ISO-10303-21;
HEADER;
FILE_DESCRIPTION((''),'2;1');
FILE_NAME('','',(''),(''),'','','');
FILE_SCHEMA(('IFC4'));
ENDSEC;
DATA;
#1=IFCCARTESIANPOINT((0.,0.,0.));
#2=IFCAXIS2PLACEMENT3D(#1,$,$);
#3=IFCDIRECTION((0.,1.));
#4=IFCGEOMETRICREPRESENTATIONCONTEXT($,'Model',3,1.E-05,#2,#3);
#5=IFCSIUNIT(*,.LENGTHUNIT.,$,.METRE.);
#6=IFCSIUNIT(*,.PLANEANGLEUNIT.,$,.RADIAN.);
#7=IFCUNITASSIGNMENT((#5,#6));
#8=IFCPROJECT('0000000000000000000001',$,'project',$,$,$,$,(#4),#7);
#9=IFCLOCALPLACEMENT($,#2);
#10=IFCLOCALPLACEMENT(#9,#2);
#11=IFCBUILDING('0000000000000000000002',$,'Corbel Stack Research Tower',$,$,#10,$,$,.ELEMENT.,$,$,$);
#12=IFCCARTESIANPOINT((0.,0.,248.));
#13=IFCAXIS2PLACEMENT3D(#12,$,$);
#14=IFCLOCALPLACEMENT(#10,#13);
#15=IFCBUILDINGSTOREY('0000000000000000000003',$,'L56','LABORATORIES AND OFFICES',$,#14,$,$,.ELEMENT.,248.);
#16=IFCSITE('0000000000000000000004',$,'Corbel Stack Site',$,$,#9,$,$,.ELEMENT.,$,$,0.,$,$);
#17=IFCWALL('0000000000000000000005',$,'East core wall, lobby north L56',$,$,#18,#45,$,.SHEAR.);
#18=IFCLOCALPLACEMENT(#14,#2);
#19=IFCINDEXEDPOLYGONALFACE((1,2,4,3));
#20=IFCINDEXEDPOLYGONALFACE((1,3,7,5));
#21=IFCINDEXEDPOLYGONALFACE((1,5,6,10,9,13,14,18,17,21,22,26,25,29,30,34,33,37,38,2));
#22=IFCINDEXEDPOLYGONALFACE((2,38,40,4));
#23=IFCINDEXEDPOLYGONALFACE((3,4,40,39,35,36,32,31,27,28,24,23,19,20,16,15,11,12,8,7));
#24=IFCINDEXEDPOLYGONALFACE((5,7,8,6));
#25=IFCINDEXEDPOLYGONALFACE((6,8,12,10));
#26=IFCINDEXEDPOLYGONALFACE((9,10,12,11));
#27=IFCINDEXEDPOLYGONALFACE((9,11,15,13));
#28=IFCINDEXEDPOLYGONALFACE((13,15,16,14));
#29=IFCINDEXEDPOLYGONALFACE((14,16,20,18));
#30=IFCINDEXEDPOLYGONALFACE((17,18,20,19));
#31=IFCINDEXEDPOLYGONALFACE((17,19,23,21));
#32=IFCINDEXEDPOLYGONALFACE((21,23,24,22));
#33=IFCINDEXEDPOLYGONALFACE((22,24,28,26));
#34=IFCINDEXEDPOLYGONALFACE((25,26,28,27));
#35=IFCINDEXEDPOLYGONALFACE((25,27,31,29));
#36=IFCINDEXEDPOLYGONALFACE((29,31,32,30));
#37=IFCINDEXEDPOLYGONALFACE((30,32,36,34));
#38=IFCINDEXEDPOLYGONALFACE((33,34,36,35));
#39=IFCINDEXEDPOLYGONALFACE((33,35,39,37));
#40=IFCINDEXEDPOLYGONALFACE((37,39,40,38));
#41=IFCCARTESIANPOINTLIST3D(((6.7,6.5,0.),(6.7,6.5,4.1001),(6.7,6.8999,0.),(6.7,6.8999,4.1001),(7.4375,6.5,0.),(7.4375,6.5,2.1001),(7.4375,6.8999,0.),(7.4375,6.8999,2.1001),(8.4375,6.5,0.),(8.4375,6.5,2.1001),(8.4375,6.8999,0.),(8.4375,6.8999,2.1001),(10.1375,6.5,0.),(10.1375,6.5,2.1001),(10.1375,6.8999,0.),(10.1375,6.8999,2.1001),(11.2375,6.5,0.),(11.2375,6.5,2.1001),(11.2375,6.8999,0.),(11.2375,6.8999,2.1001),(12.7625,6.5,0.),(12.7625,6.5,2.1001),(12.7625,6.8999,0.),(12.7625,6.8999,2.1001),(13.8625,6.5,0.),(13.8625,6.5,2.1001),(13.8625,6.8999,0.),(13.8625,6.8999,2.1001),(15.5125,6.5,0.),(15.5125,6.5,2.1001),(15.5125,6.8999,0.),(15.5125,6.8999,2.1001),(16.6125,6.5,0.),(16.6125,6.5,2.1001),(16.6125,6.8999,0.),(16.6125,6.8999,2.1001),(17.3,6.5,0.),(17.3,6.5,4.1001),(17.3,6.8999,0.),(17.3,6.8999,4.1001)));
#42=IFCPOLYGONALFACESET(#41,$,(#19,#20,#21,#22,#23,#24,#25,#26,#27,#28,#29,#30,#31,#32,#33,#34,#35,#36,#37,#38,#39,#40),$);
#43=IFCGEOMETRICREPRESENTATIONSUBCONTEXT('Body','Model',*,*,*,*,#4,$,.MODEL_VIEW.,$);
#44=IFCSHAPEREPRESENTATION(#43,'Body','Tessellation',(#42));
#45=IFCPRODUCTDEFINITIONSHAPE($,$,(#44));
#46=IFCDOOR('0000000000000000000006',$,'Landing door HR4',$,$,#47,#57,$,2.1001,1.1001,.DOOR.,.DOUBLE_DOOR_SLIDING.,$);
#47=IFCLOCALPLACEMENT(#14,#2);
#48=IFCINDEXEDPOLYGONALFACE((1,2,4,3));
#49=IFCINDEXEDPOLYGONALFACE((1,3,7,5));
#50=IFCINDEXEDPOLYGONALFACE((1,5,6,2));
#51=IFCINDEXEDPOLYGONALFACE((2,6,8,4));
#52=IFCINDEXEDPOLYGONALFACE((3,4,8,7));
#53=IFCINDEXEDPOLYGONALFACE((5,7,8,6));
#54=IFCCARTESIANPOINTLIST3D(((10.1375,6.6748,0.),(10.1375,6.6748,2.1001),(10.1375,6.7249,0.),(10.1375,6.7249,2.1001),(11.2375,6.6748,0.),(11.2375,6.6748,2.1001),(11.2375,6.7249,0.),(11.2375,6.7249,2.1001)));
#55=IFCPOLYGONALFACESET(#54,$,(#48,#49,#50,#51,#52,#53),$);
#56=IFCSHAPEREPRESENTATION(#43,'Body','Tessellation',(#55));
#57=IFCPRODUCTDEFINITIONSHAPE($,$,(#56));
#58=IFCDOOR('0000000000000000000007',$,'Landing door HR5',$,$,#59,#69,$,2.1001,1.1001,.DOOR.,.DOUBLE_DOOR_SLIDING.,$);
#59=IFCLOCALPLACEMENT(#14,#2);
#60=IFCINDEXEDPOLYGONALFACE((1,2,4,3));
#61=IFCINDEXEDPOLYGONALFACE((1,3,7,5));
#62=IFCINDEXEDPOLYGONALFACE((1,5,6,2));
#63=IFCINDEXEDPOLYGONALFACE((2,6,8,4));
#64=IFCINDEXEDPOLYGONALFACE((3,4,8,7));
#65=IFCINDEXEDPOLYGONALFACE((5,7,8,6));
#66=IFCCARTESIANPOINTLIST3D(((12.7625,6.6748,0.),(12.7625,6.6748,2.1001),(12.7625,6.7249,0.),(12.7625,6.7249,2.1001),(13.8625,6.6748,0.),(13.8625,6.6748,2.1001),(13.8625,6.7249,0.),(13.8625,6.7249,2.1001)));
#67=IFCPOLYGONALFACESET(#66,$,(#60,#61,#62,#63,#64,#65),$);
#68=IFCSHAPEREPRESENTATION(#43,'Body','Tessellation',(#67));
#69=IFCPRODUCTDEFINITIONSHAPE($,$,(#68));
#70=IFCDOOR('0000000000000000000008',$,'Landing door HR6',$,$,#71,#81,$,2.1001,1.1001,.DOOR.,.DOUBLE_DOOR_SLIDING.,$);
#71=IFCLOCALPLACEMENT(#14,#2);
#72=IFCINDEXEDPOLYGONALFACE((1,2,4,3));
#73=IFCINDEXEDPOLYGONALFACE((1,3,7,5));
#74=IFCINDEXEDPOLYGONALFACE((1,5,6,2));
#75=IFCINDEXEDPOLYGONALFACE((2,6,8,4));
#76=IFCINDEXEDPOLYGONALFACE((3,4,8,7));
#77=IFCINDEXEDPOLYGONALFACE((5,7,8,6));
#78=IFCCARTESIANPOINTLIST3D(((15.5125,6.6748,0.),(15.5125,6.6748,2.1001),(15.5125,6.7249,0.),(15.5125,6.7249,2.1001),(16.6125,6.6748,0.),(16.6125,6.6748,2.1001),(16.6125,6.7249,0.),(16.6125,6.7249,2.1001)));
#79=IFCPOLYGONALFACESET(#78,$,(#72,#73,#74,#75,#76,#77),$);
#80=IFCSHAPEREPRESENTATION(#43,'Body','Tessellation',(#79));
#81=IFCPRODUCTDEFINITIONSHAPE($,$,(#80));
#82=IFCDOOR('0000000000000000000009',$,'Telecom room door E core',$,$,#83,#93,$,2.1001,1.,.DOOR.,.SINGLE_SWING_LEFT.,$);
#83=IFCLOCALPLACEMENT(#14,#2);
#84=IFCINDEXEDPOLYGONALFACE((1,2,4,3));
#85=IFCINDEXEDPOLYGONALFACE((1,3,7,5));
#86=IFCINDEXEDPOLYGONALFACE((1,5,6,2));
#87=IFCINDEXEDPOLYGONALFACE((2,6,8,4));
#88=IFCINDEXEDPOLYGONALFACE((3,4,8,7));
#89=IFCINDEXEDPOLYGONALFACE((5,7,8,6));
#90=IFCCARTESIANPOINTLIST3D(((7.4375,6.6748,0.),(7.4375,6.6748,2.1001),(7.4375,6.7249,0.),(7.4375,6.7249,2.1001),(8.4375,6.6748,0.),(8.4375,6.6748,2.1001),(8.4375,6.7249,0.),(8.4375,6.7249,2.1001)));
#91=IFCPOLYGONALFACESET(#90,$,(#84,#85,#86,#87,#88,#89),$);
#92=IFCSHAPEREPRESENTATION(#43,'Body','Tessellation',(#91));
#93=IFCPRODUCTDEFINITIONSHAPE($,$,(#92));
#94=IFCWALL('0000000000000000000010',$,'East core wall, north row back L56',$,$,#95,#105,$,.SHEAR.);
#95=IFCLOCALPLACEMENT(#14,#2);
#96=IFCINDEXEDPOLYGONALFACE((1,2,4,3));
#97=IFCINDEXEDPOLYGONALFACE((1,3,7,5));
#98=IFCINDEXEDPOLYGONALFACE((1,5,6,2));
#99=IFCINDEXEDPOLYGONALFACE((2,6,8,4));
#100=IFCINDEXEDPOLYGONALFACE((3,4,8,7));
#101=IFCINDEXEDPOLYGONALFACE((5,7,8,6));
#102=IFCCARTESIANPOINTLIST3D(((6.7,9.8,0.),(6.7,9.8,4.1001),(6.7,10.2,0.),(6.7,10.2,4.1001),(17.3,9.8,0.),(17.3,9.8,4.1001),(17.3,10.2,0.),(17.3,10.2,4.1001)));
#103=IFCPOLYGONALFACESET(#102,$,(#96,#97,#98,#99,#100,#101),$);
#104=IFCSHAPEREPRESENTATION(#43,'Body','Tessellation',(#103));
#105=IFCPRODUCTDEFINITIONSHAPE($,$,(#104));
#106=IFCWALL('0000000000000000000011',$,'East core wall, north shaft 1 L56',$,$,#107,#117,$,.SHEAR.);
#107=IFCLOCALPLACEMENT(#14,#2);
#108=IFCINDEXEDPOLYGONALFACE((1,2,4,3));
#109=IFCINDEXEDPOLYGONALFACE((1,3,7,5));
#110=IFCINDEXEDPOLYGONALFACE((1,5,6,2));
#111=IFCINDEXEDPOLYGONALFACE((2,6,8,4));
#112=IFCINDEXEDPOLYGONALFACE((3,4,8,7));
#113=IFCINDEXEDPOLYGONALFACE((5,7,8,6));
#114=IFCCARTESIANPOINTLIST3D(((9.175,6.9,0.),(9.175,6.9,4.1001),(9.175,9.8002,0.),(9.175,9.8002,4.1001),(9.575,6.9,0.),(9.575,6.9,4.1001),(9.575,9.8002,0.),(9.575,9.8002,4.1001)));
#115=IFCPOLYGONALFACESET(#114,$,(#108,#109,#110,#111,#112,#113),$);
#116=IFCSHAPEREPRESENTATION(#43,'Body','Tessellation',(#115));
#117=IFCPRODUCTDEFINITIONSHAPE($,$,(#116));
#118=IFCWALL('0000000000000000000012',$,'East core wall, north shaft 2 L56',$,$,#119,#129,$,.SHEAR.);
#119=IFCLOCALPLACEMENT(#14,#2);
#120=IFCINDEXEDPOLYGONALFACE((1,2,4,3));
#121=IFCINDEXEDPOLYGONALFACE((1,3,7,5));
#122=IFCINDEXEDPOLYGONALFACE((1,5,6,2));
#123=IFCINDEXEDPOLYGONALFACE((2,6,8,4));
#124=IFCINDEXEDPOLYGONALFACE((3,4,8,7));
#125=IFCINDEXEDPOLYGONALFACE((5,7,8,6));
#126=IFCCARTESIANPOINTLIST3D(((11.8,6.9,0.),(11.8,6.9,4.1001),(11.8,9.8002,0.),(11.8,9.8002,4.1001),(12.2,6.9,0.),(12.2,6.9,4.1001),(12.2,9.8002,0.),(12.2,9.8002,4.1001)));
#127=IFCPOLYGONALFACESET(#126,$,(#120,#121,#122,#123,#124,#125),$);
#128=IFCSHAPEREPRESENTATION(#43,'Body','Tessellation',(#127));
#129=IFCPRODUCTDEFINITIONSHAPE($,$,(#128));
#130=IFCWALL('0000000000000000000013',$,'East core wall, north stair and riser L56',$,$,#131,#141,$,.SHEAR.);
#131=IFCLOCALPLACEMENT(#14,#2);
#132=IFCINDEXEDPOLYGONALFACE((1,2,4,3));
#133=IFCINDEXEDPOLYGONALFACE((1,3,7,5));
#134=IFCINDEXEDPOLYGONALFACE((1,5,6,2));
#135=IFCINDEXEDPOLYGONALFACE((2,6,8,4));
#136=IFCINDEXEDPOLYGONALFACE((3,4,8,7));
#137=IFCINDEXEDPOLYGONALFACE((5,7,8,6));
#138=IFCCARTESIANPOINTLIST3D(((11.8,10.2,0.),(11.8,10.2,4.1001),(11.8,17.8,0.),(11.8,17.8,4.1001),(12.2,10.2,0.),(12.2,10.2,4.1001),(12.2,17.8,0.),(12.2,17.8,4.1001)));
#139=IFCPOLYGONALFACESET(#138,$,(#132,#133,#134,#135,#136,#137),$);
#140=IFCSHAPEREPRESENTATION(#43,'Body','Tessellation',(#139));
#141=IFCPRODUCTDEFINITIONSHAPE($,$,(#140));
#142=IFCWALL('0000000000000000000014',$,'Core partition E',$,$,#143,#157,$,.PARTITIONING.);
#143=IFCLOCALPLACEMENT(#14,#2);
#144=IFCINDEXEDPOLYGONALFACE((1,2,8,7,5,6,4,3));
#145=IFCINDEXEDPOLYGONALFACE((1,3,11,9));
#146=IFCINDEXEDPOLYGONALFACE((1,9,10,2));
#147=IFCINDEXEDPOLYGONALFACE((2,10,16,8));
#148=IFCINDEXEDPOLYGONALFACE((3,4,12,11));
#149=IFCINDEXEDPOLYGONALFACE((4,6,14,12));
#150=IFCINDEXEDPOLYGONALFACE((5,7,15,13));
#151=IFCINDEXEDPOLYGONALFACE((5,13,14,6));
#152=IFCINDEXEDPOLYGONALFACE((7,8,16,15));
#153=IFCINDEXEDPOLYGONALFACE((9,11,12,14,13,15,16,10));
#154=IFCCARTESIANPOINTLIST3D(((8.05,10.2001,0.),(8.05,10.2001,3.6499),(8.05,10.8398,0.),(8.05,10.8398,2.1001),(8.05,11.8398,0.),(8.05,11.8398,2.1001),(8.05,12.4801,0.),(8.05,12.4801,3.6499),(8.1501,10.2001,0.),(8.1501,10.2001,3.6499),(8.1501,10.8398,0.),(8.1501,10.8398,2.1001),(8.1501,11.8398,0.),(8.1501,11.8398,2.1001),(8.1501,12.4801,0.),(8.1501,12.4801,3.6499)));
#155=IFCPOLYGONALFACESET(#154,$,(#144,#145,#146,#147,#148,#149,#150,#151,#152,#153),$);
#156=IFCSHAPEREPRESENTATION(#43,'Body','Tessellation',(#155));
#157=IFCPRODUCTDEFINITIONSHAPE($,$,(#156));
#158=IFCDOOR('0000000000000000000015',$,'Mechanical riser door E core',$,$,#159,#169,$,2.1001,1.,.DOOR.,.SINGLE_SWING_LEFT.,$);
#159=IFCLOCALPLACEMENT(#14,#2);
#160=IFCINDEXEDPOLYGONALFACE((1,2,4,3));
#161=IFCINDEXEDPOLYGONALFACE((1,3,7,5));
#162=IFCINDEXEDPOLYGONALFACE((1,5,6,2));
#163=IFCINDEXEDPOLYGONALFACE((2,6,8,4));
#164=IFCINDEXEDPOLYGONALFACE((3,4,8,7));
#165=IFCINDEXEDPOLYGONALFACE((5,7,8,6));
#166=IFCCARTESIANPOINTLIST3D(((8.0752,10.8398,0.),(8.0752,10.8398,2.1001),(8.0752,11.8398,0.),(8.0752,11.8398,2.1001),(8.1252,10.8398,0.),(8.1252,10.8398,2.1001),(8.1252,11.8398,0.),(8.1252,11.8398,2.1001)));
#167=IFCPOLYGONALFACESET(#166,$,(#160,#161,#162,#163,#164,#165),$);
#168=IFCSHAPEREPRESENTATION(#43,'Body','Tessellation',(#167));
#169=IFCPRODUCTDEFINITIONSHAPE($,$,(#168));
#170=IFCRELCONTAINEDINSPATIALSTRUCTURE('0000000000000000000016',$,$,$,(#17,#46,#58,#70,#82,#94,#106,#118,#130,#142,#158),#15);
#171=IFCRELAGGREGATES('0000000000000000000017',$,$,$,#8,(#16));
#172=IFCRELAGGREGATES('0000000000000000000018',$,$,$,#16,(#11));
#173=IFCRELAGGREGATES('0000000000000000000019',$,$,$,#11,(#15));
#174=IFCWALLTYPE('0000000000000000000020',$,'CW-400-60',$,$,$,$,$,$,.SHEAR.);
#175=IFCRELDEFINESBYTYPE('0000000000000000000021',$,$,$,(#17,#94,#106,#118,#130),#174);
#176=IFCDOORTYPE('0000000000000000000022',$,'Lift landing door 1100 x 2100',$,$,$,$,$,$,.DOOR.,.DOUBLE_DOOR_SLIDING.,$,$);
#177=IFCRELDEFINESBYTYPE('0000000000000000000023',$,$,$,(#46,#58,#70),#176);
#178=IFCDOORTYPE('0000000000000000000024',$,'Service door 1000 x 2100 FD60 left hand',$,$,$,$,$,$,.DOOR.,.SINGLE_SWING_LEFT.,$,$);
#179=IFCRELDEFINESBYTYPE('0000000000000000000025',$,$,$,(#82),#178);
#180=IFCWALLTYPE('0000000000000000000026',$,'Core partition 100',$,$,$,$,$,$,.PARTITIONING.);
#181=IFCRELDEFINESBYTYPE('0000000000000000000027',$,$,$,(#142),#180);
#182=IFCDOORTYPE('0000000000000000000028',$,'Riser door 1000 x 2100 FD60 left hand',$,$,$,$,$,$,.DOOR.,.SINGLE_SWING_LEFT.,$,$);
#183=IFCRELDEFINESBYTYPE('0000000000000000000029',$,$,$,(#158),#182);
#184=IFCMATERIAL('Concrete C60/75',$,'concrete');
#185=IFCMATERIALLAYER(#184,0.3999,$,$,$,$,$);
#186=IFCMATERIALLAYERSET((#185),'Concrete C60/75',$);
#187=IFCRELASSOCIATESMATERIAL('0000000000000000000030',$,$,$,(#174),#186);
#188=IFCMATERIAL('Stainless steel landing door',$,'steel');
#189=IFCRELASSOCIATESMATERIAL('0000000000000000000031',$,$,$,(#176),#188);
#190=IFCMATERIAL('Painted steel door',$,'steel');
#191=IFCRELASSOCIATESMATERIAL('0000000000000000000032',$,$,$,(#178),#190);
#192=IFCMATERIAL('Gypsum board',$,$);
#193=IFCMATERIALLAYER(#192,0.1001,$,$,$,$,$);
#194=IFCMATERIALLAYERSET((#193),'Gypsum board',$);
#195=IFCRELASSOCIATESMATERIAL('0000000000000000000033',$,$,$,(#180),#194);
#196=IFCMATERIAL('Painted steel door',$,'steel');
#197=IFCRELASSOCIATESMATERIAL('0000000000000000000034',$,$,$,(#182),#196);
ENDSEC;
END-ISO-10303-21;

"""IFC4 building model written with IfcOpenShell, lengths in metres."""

from ifc_helpers import new_model, si_unit, direction, frame, frame_2d, origin, place, context, subcontext, project, spatial, rectangle, extrude, material, layer, layer_set, type_object, element, fill, save


model = new_model("IFC4")

# Units and contexts
model_context = context("Model", 3, precision=1e-05, world=origin(), true_north=direction((0.0, 1.0)))
body_context = subcontext(model_context, "Body", "Model", "MODEL_VIEW")
ifc_project = project(units=[si_unit("LENGTHUNIT", "METRE"), si_unit("PLANEANGLEUNIT", "RADIAN")], contexts=[model_context])

# Site, building, storey
site_placement = place(None, origin())
site = spatial("IfcSite", under=ifc_project, at=site_placement, Name="Corbel Stack Site", CompositionType="ELEMENT", RefElevation=0.0)
building_placement = place(site_placement, origin())
building = spatial("IfcBuilding", under=site, at=building_placement, Name="Corbel Stack Research Tower", CompositionType="ELEMENT")
storey_placement = place(building_placement, frame((0.0, 0.0, 248.0)))
storey = spatial("IfcBuildingStorey", under=building, at=storey_placement, Name="L56", Description="LABORATORIES AND OFFICES", CompositionType="ELEMENT", Elevation=248.0)

# Wall, openings, doors
ifc_material_1 = material(Name="Concrete C60/75", Category="concrete")
ifc_layer_1 = layer(ifc_material_1, 0.3999)
ifc_layer_set_1 = layer_set([ifc_layer_1], Name="Concrete C60/75")
wall_type_1 = type_object("IfcWallType", Name="CW-400-60", PredefinedType="SHEAR", material=ifc_layer_set_1)
ifc_material_2 = material(Name="Stainless steel landing door", Category="steel")
door_type_1 = type_object("IfcDoorType", Name="Lift landing door 1100 x 2100", OperationType="DOUBLE_DOOR_SLIDING", PredefinedType="DOOR", material=ifc_material_2)
ifc_material_3 = material(Name="Painted steel door", Category="steel")
door_type_2 = type_object("IfcDoorType", Name="Service door 1000 x 2100 FD60 left hand", OperationType="SINGLE_SWING_LEFT", PredefinedType="DOOR", material=ifc_material_3)
wall_1_placement = place(storey_placement, frame((6.7, 6.7, 0.0), z_axis=(0.0, 0.0, 1.0), x_axis=(1.0, 0.0, 0.0)))
wall_1 = element("IfcWall", 1, at=wall_1_placement, inside=storey, type_object=wall_type_1, Name="East core wall, lobby north L56", PredefinedType="SHEAR", context=body_context, shape_type="SweptSolid", body=[
    extrude(rectangle(XDim=10.6001, YDim=0.3999, at=frame_2d((5.3, 0.0))), origin(), (0.0, 0.0, 1.0), 4.1001),
])
opening_1_placement = place(wall_1_placement, frame((3.4375, 0.0, 0.0)))
opening_1 = element("IfcOpeningElement", 2, at=opening_1_placement, cuts=wall_1, PredefinedType="OPENING", context=body_context, shape_type="SweptSolid", body=[
    extrude(rectangle(XDim=1.1001, YDim=2.1001, at=frame_2d((0.55, 1.05))), frame((0.0, 0.21, 0.0), z_axis=(0.0, -1.0, 0.0), x_axis=(1.0, 0.0, 0.0)), (0.0, 0.0, 1.0), 0.4199),
])
opening_2_placement = place(wall_1_placement, frame((6.0625, 0.0, 0.0)))
opening_2 = element("IfcOpeningElement", 3, at=opening_2_placement, cuts=wall_1, PredefinedType="OPENING", context=body_context, shape_type="SweptSolid", body=[
    extrude(rectangle(XDim=1.1001, YDim=2.1001, at=frame_2d((0.55, 1.05))), frame((0.0, 0.21, 0.0), z_axis=(0.0, -1.0, 0.0), x_axis=(1.0, 0.0, 0.0)), (0.0, 0.0, 1.0), 0.4199),
])
opening_3_placement = place(wall_1_placement, frame((8.8125, 0.0, 0.0)))
opening_3 = element("IfcOpeningElement", 4, at=opening_3_placement, cuts=wall_1, PredefinedType="OPENING", context=body_context, shape_type="SweptSolid", body=[
    extrude(rectangle(XDim=1.1001, YDim=2.1001, at=frame_2d((0.55, 1.05))), frame((0.0, 0.21, 0.0), z_axis=(0.0, -1.0, 0.0), x_axis=(1.0, 0.0, 0.0)), (0.0, 0.0, 1.0), 0.4199),
])
opening_4_placement = place(wall_1_placement, frame((0.7375, 0.0, 0.0)))
opening_4 = element("IfcOpeningElement", 5, at=opening_4_placement, cuts=wall_1, PredefinedType="OPENING", context=body_context, shape_type="SweptSolid", body=[
    extrude(rectangle(XDim=1.0, YDim=2.1001, at=frame_2d((0.5, 1.05))), frame((0.0, 0.21, 0.0), z_axis=(0.0, -1.0, 0.0), x_axis=(1.0, 0.0, 0.0)), (0.0, 0.0, 1.0), 0.4199),
])
door_1_placement = place(opening_1_placement, origin())
door_1 = element("IfcDoor", 6, at=door_1_placement, inside=storey, type_object=door_type_1, Name="Landing door HR4", OperationType="DOUBLE_DOOR_SLIDING", OverallHeight=2.1001, OverallWidth=1.1001, PredefinedType="DOOR", context=body_context, shape_type="SweptSolid", body=[
    extrude(rectangle(XDim=1.1001, YDim=2.1001, at=frame_2d((0.55, 1.05))), frame((0.0, 0.0249, 0.0), z_axis=(0.0, -1.0, 0.0), x_axis=(1.0, 0.0, 0.0)), (0.0, 0.0, 1.0), 0.05),
])
fill(opening_1, door_1)
door_2_placement = place(opening_2_placement, origin())
door_2 = element("IfcDoor", 7, at=door_2_placement, inside=storey, type_object=door_type_1, Name="Landing door HR5", OperationType="DOUBLE_DOOR_SLIDING", OverallHeight=2.1001, OverallWidth=1.1001, PredefinedType="DOOR", context=body_context, shape_type="SweptSolid", body=[
    extrude(rectangle(XDim=1.1001, YDim=2.1001, at=frame_2d((0.55, 1.05))), frame((0.0, 0.0249, 0.0), z_axis=(0.0, -1.0, 0.0), x_axis=(1.0, 0.0, 0.0)), (0.0, 0.0, 1.0), 0.05),
])
fill(opening_2, door_2)
door_3_placement = place(opening_3_placement, origin())
door_3 = element("IfcDoor", 8, at=door_3_placement, inside=storey, type_object=door_type_1, Name="Landing door HR6", OperationType="DOUBLE_DOOR_SLIDING", OverallHeight=2.1001, OverallWidth=1.1001, PredefinedType="DOOR", context=body_context, shape_type="SweptSolid", body=[
    extrude(rectangle(XDim=1.1001, YDim=2.1001, at=frame_2d((0.55, 1.05))), frame((0.0, 0.0249, 0.0), z_axis=(0.0, -1.0, 0.0), x_axis=(1.0, 0.0, 0.0)), (0.0, 0.0, 1.0), 0.05),
])
fill(opening_3, door_3)
door_4_placement = place(opening_4_placement, origin())
door_4 = element("IfcDoor", 9, at=door_4_placement, inside=storey, type_object=door_type_2, Name="Telecom room door E core", OperationType="SINGLE_SWING_LEFT", OverallHeight=2.1001, OverallWidth=1.0, PredefinedType="DOOR", context=body_context, shape_type="SweptSolid", body=[
    extrude(rectangle(XDim=1.0, YDim=2.1001, at=frame_2d((0.5, 1.05))), frame((0.0, 0.0249, 0.0), z_axis=(0.0, -1.0, 0.0), x_axis=(1.0, 0.0, 0.0)), (0.0, 0.0, 1.0), 0.05),
])
fill(opening_4, door_4)

# Walls
wall_2_placement = place(storey_placement, frame((6.7, 10.0, 0.0), z_axis=(0.0, 0.0, 1.0), x_axis=(1.0, 0.0, 0.0)))
element("IfcWall", 10, at=wall_2_placement, inside=storey, type_object=wall_type_1, Name="East core wall, north row back L56", PredefinedType="SHEAR", context=body_context, shape_type="SweptSolid", body=[
    extrude(rectangle(XDim=10.6001, YDim=0.3999, at=frame_2d((5.3, 0.0))), origin(), (0.0, 0.0, 1.0), 4.1001),
])
for number, where, z_axis, x_axis, name in (
    (11, (9.375, 6.8999, 0.0), (0.0, 0.0, 1.0), (0.0, 1.0, 0.0), "East core wall, north shaft 1 L56"),
    (12, (12.0, 6.8999, 0.0), (0.0, 0.0, 1.0), (0.0, 1.0, 0.0), "East core wall, north shaft 2 L56"),
):
    element("IfcWall", number, at=place(storey_placement, frame(where, z_axis=z_axis, x_axis=x_axis)), inside=storey, type_object=wall_type_1, Name=name, PredefinedType="SHEAR", context=body_context, shape_type="SweptSolid", body=[
        extrude(rectangle(XDim=2.9001, YDim=0.3999, at=frame_2d((1.4502, 0.0))), origin(), (0.0, 0.0, 1.0), 4.1001),
    ])
wall_3_placement = place(storey_placement, frame((12.0, 10.2, 0.0), z_axis=(0.0, 0.0, 1.0), x_axis=(0.0, 1.0, 0.0)))
element("IfcWall", 13, at=wall_3_placement, inside=storey, type_object=wall_type_1, Name="East core wall, north stair and riser L56", PredefinedType="SHEAR", context=body_context, shape_type="SweptSolid", body=[
    extrude(rectangle(XDim=7.6001, YDim=0.3999, at=frame_2d((3.8, 0.0))), origin(), (0.0, 0.0, 1.0), 4.1001),
])

# Wall, opening, door
ifc_material_4 = material(Name="Gypsum board")
ifc_layer_2 = layer(ifc_material_4, 0.1001)
ifc_layer_set_2 = layer_set([ifc_layer_2], Name="Gypsum board")
wall_type_2 = type_object("IfcWallType", Name="Core partition 100", PredefinedType="PARTITIONING", material=ifc_layer_set_2)
wall_4_placement = place(storey_placement, frame((8.1001, 10.2, 0.0), z_axis=(0.0, 0.0, 1.0), x_axis=(0.0, 1.0, 0.0)))
wall_4 = element("IfcWall", 14, at=wall_4_placement, inside=storey, type_object=wall_type_2, Name="Core partition E", PredefinedType="PARTITIONING", context=body_context, shape_type="SweptSolid", body=[
    extrude(rectangle(XDim=2.28, YDim=0.1001, at=frame_2d((1.1401, 0.0))), origin(), (0.0, 0.0, 1.0), 3.6499),
])
opening_5_placement = place(wall_4_placement, frame((0.6399, 0.0, 0.0)))
opening_5 = element("IfcOpeningElement", 15, at=opening_5_placement, cuts=wall_4, PredefinedType="OPENING", context=body_context, shape_type="SweptSolid", body=[
    extrude(rectangle(XDim=1.0, YDim=2.1001, at=frame_2d((0.5, 1.05))), frame((0.0, 0.0601, 0.0), z_axis=(0.0, -1.0, 0.0), x_axis=(1.0, 0.0, 0.0)), (0.0, 0.0, 1.0), 0.1201),
])
ifc_material_5 = material(Name="Painted steel door", Category="steel")
door_type_3 = type_object("IfcDoorType", Name="Riser door 1000 x 2100 FD60 left hand", OperationType="SINGLE_SWING_LEFT", PredefinedType="DOOR", material=ifc_material_5)
door_5_placement = place(opening_5_placement, origin())
door_5 = element("IfcDoor", 16, at=door_5_placement, inside=storey, type_object=door_type_3, Name="Mechanical riser door E core", OperationType="SINGLE_SWING_LEFT", OverallHeight=2.1001, OverallWidth=1.0, PredefinedType="DOOR", context=body_context, shape_type="SweptSolid", body=[
    extrude(rectangle(XDim=1.0, YDim=2.1001, at=frame_2d((0.5, 1.05))), frame((0.0, 0.0249, 0.0), z_axis=(0.0, -1.0, 0.0), x_axis=(1.0, 0.0, 0.0)), (0.0, 0.0, 1.0), 0.05),
])
fill(opening_5, door_5)

save(model, "model.ifc")
